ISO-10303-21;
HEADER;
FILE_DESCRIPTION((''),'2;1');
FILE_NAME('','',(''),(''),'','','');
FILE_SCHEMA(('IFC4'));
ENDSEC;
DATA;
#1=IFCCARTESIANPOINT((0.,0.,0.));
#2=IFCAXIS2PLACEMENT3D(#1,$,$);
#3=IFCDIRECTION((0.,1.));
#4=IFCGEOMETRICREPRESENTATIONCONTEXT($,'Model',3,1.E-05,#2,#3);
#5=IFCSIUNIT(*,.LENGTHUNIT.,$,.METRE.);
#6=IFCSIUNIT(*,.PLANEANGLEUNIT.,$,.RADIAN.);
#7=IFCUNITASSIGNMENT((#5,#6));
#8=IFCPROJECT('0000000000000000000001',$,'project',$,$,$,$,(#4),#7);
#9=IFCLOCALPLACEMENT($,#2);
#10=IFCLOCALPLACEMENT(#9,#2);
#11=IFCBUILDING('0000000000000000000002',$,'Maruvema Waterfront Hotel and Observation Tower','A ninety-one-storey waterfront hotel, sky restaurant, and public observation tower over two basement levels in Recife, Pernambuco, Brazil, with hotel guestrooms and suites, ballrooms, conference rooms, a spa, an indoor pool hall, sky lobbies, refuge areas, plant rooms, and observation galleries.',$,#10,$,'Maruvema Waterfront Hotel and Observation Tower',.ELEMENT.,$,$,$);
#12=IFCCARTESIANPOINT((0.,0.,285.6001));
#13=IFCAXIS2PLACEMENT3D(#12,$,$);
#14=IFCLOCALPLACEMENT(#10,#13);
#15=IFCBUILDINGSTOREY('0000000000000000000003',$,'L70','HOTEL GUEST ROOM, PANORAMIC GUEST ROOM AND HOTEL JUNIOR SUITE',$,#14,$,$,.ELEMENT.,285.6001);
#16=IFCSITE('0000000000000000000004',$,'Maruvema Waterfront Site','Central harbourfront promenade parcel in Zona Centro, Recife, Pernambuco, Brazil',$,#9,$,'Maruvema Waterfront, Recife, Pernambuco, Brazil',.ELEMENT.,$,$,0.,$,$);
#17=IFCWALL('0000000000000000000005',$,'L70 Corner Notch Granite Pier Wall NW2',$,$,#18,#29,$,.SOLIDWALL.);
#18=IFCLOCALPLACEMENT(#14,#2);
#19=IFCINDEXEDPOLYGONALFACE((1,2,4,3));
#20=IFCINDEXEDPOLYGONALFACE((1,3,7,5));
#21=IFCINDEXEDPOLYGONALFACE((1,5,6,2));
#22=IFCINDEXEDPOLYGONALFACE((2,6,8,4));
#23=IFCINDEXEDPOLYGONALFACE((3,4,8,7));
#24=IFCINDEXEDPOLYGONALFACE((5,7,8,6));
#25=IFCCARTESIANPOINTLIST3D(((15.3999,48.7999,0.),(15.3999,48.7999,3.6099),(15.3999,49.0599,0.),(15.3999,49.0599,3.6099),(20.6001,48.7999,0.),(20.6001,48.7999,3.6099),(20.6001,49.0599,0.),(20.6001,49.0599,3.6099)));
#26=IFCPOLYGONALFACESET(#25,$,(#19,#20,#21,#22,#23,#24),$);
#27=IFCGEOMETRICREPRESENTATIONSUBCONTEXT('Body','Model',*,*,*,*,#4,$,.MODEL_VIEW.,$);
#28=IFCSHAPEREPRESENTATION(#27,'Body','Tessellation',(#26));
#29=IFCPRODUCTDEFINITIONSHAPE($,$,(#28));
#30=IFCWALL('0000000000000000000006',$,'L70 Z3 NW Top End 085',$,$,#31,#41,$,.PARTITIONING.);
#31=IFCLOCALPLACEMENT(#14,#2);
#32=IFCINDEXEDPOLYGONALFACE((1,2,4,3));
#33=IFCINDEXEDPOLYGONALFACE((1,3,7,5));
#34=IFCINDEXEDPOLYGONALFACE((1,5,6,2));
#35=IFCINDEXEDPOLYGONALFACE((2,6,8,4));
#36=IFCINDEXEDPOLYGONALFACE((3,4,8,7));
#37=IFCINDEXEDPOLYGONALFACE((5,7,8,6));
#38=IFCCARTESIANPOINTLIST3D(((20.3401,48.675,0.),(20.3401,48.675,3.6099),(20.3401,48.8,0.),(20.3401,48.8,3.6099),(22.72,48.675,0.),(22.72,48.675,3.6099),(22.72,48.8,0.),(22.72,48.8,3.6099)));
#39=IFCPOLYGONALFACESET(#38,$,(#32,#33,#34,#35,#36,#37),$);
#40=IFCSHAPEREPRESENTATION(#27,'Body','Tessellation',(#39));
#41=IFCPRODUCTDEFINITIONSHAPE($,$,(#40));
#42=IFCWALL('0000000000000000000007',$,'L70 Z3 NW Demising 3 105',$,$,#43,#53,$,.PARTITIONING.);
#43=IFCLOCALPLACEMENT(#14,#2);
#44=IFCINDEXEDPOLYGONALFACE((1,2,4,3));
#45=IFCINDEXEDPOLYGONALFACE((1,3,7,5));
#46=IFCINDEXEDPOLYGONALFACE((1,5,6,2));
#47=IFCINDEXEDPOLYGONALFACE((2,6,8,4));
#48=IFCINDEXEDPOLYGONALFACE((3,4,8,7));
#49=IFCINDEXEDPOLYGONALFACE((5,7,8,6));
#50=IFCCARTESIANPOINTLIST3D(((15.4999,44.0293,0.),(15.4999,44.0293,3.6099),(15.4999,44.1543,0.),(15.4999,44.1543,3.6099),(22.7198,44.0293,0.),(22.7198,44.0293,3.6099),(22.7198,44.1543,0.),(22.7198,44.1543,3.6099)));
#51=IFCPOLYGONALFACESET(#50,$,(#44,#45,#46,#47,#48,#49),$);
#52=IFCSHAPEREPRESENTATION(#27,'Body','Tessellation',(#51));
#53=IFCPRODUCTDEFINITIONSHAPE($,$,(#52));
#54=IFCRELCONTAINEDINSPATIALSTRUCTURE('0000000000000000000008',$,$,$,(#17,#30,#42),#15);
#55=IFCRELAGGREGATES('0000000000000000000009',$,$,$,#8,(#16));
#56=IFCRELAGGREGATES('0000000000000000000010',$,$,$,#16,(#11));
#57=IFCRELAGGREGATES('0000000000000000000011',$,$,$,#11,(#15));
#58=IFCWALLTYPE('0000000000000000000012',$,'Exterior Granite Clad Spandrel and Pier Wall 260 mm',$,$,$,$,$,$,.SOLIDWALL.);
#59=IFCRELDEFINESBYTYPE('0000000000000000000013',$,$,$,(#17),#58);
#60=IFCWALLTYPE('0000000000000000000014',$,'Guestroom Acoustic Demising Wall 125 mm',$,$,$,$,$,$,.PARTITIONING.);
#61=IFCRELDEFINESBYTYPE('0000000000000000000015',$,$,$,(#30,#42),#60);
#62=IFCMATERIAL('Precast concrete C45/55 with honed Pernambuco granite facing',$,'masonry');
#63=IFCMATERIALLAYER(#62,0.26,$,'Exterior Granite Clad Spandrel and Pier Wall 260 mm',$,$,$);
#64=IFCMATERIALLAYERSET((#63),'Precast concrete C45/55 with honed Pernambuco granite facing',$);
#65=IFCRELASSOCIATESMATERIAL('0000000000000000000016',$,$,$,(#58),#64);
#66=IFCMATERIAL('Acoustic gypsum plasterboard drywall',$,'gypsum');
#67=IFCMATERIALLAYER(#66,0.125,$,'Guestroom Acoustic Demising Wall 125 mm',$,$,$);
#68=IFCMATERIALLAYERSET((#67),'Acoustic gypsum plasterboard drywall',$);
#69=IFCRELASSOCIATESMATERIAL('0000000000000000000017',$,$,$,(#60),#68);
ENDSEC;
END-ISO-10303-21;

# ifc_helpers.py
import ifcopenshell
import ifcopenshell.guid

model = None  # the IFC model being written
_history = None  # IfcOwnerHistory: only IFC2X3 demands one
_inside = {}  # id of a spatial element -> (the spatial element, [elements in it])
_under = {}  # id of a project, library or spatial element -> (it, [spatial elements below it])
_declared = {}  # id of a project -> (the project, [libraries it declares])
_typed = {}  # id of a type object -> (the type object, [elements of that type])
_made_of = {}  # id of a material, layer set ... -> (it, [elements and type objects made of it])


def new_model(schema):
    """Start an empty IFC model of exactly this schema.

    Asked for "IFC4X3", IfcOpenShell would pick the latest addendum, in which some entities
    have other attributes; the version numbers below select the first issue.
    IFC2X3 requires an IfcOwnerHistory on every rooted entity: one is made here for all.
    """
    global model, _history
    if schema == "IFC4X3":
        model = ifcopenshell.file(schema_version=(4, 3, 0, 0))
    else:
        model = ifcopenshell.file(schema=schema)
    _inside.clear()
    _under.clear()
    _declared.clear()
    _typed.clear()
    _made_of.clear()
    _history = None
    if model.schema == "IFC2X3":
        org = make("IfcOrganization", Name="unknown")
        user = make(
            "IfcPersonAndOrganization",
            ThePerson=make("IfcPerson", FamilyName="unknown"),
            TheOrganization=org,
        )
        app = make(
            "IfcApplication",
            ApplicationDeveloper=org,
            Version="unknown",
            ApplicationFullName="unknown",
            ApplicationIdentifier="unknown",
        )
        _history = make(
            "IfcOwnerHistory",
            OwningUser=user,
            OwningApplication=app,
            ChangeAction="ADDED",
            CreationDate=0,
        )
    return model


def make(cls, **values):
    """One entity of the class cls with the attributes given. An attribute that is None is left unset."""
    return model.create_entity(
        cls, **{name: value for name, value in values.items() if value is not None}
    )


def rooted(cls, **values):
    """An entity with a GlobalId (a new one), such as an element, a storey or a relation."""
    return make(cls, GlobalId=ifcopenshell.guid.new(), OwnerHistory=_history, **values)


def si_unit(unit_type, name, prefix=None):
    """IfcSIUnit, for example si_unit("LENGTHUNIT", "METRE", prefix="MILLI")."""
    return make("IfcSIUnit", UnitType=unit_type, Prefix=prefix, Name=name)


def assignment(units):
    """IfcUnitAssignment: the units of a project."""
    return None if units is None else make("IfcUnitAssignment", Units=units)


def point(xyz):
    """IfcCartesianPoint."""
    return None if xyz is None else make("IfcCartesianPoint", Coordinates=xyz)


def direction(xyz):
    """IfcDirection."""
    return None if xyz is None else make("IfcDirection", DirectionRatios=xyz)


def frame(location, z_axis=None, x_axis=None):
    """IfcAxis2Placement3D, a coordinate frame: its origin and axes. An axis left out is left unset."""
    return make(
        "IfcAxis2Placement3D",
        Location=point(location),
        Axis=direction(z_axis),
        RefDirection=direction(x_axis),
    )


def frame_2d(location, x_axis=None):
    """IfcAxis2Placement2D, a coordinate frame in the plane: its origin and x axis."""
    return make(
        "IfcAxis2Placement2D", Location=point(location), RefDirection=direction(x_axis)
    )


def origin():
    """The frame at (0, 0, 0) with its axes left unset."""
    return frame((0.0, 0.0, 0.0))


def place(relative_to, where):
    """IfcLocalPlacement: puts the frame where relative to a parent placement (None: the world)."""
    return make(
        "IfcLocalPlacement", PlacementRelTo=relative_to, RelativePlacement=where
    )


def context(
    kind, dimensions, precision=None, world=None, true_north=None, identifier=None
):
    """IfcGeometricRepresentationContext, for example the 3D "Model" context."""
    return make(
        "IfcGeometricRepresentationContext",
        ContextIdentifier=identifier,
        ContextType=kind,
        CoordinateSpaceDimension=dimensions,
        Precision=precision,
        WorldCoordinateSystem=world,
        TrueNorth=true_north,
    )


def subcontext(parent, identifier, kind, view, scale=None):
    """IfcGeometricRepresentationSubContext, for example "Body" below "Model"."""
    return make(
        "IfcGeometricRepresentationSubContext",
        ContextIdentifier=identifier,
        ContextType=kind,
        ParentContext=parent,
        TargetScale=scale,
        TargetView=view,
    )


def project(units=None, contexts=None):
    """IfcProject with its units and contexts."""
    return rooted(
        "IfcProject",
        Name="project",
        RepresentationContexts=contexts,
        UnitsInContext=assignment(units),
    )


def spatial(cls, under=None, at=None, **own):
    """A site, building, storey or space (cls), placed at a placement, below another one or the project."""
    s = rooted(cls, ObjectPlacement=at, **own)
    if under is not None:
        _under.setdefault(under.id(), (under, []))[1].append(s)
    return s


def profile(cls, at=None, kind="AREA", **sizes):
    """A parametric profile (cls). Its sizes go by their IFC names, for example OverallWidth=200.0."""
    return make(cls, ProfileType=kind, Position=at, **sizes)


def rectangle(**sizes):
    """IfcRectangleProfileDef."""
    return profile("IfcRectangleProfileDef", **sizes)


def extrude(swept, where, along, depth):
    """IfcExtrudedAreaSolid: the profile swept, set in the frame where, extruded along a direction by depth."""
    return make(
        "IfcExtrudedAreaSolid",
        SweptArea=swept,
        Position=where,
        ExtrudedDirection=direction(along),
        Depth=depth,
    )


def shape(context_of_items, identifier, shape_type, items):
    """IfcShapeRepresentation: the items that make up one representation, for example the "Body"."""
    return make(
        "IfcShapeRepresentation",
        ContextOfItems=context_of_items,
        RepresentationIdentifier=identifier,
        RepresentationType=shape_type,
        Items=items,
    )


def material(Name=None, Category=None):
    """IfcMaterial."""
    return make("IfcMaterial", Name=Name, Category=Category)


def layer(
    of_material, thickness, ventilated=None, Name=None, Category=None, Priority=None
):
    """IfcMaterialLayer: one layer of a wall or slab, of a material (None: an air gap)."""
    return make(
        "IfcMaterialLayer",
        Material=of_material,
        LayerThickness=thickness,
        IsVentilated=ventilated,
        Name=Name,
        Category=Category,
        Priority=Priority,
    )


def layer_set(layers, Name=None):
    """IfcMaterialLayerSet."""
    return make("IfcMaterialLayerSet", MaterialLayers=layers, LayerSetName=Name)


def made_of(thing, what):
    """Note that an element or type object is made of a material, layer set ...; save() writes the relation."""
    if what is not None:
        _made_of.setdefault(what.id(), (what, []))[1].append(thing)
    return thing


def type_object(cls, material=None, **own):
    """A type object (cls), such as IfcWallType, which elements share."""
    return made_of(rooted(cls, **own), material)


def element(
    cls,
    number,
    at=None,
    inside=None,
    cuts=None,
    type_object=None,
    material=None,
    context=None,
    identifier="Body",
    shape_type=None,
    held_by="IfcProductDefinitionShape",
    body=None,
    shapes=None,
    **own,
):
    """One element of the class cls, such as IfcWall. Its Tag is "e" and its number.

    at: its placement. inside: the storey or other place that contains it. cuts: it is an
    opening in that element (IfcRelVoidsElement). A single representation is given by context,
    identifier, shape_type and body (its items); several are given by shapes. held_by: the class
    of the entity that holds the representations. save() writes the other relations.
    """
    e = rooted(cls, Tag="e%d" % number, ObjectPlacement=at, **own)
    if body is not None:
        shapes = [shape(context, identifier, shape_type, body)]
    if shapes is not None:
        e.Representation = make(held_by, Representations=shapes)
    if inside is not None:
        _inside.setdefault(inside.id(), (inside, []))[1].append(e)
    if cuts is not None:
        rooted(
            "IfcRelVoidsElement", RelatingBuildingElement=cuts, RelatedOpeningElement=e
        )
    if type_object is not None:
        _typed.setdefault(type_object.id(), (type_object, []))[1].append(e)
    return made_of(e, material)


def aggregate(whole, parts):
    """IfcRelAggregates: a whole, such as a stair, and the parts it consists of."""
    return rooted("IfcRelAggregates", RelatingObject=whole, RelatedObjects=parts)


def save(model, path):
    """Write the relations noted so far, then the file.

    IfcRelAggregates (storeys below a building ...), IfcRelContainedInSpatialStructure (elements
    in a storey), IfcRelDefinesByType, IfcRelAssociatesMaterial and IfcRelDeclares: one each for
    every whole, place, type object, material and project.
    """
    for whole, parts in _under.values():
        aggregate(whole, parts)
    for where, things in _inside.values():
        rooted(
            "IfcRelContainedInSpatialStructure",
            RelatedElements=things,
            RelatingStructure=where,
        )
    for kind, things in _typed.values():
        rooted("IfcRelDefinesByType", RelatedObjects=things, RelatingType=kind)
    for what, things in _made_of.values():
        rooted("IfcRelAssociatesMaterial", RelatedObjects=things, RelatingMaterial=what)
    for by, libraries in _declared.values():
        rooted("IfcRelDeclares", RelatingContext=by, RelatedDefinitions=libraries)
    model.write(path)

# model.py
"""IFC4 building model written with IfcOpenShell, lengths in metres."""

from ifc_helpers import new_model, si_unit, direction, frame, frame_2d, origin, place, context, subcontext, project, spatial, rectangle, extrude, material, layer, layer_set, type_object, element, save


model = new_model("IFC4")

# Units and contexts
model_context = context("Model", 3, precision=1e-05, world=origin(), true_north=direction((0.0, 1.0)))
body_context = subcontext(model_context, "Body", "Model", "MODEL_VIEW")
ifc_project = project(units=[si_unit("LENGTHUNIT", "METRE"), si_unit("PLANEANGLEUNIT", "RADIAN")], contexts=[model_context])

# Site, building, storey
site_placement = place(None, origin())
site = spatial("IfcSite", under=ifc_project, at=site_placement, Name="Maruvema Waterfront Site", Description="Central harbourfront promenade parcel in Zona Centro, Recife, Pernambuco, Brazil", LongName="Maruvema Waterfront, Recife, Pernambuco, Brazil", CompositionType="ELEMENT", RefElevation=0.0)
building_placement = place(site_placement, origin())
building = spatial("IfcBuilding", under=site, at=building_placement, Name="Maruvema Waterfront Hotel and Observation Tower", Description="A ninety-one-storey waterfront hotel, sky restaurant, and public observation tower over two basement levels in Recife, Pernambuco, Brazil, with hotel guestrooms and suites, ballrooms, conference rooms, a spa, an indoor pool hall, sky lobbies, refuge areas, plant rooms, and observation galleries.", LongName="Maruvema Waterfront Hotel and Observation Tower", CompositionType="ELEMENT")
storey_placement = place(building_placement, frame((0.0, 0.0, 285.6001)))
storey = spatial("IfcBuildingStorey", under=building, at=storey_placement, Name="L70", Description="HOTEL GUEST ROOM, PANORAMIC GUEST ROOM AND HOTEL JUNIOR SUITE", CompositionType="ELEMENT", Elevation=285.6001)

# Walls
ifc_material_1 = material(Name="Precast concrete C45/55 with honed Pernambuco granite facing", Category="masonry")
ifc_layer_1 = layer(ifc_material_1, 0.26, Name="Exterior Granite Clad Spandrel and Pier Wall 260 mm")
ifc_layer_set_1 = layer_set([ifc_layer_1], Name="Precast concrete C45/55 with honed Pernambuco granite facing")
wall_type_1 = type_object("IfcWallType", Name="Exterior Granite Clad Spandrel and Pier Wall 260 mm", PredefinedType="SOLIDWALL", material=ifc_layer_set_1)
wall_1_placement = place(storey_placement, frame((15.3999, 48.9299, 0.0), z_axis=(0.0, 0.0, 1.0), x_axis=(1.0, 0.0, 0.0)))
element("IfcWall", 1, at=wall_1_placement, inside=storey, type_object=wall_type_1, Name="L70 Corner Notch Granite Pier Wall NW2", PredefinedType="SOLIDWALL", context=body_context, shape_type="SweptSolid", body=[
    extrude(rectangle(XDim=5.2002, YDim=0.26, at=frame_2d((2.6001, 0.0))), origin(), (0.0, 0.0, 1.0), 3.6099),
])
ifc_material_2 = material(Name="Acoustic gypsum plasterboard drywall", Category="gypsum")
ifc_layer_2 = layer(ifc_material_2, 0.125, Name="Guestroom Acoustic Demising Wall 125 mm")
ifc_layer_set_2 = layer_set([ifc_layer_2], Name="Acoustic gypsum plasterboard drywall")
wall_type_2 = type_object("IfcWallType", Name="Guestroom Acoustic Demising Wall 125 mm", PredefinedType="PARTITIONING", material=ifc_layer_set_2)
wall_2_placement = place(storey_placement, frame((20.3401, 48.7375, 0.0), z_axis=(0.0, 0.0, 1.0), x_axis=(1.0, 0.0, 0.0)))
element("IfcWall", 2, at=wall_2_placement, inside=storey, type_object=wall_type_2, Name="L70 Z3 NW Top End 085", PredefinedType="PARTITIONING", context=body_context, shape_type="SweptSolid", body=[
    extrude(rectangle(XDim=2.3799, YDim=0.125, at=frame_2d((1.1899, 0.0))), origin(), (0.0, 0.0, 1.0), 3.6099),
])
wall_3_placement = place(storey_placement, frame((15.5, 44.0918, 0.0), z_axis=(0.0, 0.0, 1.0), x_axis=(1.0, 0.0, 0.0)))
element("IfcWall", 3, at=wall_3_placement, inside=storey, type_object=wall_type_2, Name="L70 Z3 NW Demising 3 105", PredefinedType="PARTITIONING", context=body_context, shape_type="SweptSolid", body=[
    extrude(rectangle(XDim=7.22, YDim=0.125, at=frame_2d((3.6099, 0.0))), origin(), (0.0, 0.0, 1.0), 3.6099),
])

save(model, "model.ifc")
